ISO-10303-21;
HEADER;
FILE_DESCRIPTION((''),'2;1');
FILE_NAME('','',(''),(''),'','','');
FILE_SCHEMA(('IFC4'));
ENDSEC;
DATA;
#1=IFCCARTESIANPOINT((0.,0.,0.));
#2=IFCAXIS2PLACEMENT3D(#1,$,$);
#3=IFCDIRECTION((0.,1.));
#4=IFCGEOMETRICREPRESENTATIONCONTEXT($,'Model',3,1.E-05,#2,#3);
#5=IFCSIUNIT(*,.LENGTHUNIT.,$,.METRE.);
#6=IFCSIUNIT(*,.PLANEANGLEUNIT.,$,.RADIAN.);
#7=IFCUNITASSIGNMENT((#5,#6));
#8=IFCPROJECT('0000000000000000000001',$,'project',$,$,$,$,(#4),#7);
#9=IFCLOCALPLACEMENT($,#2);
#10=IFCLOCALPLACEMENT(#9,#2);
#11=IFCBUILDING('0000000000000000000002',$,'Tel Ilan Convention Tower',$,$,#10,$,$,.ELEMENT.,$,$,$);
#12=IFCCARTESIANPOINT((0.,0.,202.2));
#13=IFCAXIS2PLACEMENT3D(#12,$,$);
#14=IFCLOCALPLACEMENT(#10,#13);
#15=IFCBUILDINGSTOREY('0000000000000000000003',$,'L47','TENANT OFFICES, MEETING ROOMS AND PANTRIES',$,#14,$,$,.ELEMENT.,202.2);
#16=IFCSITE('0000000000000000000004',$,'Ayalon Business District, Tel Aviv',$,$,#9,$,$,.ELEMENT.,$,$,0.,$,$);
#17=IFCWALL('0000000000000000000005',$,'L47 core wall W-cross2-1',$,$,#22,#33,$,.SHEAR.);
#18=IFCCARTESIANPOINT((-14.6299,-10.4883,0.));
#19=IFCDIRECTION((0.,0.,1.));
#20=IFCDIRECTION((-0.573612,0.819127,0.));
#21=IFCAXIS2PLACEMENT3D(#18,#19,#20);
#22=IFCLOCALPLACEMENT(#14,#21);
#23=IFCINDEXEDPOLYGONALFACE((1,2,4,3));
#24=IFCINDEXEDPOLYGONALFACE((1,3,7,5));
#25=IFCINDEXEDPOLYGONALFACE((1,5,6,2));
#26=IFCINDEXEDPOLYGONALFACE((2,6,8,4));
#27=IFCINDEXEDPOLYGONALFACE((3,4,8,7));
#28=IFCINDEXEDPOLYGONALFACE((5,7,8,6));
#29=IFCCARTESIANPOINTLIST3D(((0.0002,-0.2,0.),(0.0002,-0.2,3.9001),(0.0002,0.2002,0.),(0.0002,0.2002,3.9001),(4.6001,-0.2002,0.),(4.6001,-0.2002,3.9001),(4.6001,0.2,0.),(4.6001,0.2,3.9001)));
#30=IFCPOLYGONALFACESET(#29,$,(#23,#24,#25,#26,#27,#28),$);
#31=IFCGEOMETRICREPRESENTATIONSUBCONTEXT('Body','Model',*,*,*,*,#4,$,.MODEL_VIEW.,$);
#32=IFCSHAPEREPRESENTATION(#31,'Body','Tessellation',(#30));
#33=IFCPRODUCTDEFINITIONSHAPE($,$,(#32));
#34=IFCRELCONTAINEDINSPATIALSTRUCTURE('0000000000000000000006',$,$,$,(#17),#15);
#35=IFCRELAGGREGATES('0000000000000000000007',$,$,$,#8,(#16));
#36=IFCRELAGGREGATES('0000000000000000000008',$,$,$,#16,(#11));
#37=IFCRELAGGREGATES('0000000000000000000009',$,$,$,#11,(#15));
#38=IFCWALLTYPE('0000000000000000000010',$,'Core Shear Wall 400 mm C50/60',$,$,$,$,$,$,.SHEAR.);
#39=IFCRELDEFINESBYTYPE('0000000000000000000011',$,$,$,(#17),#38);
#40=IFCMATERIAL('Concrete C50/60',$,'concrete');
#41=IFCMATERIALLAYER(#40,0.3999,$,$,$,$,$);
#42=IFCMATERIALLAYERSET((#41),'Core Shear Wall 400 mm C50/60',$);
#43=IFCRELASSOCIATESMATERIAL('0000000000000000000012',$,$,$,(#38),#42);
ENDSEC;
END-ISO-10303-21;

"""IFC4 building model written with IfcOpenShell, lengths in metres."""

from ifc_helpers import new_model, si_unit, direction, frame, origin, place, context, subcontext, project, spatial, polyline, outline, extrude, material, layer, layer_set, type_object, element, save


model = new_model("IFC4")

# Units and contexts
model_context = context("Model", 3, precision=1e-05, world=origin(), true_north=direction((0.0, 1.0)))
body_context = subcontext(model_context, "Body", "Model", "MODEL_VIEW")
ifc_project = project(units=[si_unit("LENGTHUNIT", "METRE"), si_unit("PLANEANGLEUNIT", "RADIAN")], contexts=[model_context])

# Site, building, storey
site_placement = place(None, origin())
site = spatial("IfcSite", under=ifc_project, at=site_placement, Name="Ayalon Business District, Tel Aviv", CompositionType="ELEMENT", RefElevation=0.0)
building_placement = place(site_placement, origin())
building = spatial("IfcBuilding", under=site, at=building_placement, Name="Tel Ilan Convention Tower", CompositionType="ELEMENT")
storey_placement = place(building_placement, frame((0.0, 0.0, 202.2)))
storey = spatial("IfcBuildingStorey", under=building, at=storey_placement, Name="L47", Description="TENANT OFFICES, MEETING ROOMS AND PANTRIES", CompositionType="ELEMENT", Elevation=202.2)

# Wall
ifc_material_1 = material(Name="Concrete C50/60", Category="concrete")
ifc_layer_1 = layer(ifc_material_1, 0.3999)
ifc_layer_set_1 = layer_set([ifc_layer_1], Name="Core Shear Wall 400 mm C50/60")
wall_type_1 = type_object("IfcWallType", Name="Core Shear Wall 400 mm C50/60", PredefinedType="SHEAR", material=ifc_layer_set_1)
wall_1_placement = place(storey_placement, frame((-14.6299, -10.4883, 0.0), z_axis=(0.0, 0.0, 1.0), x_axis=(-0.573612, 0.819127, 0.0)))
element("IfcWall", 1, at=wall_1_placement, inside=storey, type_object=wall_type_1, Name="L47 core wall W-cross2-1", PredefinedType="SHEAR", context=body_context, shape_type="SweptSolid", body=[
    extrude(outline(polyline([(4.6001, 0.2), (0.0002, 0.2002), (0.0002, -0.2), (4.6001, -0.2002), (4.6001, 0.2)])), origin(), (0.0, 0.0, 1.0), 3.9001),
])

save(model, "model.ifc")
